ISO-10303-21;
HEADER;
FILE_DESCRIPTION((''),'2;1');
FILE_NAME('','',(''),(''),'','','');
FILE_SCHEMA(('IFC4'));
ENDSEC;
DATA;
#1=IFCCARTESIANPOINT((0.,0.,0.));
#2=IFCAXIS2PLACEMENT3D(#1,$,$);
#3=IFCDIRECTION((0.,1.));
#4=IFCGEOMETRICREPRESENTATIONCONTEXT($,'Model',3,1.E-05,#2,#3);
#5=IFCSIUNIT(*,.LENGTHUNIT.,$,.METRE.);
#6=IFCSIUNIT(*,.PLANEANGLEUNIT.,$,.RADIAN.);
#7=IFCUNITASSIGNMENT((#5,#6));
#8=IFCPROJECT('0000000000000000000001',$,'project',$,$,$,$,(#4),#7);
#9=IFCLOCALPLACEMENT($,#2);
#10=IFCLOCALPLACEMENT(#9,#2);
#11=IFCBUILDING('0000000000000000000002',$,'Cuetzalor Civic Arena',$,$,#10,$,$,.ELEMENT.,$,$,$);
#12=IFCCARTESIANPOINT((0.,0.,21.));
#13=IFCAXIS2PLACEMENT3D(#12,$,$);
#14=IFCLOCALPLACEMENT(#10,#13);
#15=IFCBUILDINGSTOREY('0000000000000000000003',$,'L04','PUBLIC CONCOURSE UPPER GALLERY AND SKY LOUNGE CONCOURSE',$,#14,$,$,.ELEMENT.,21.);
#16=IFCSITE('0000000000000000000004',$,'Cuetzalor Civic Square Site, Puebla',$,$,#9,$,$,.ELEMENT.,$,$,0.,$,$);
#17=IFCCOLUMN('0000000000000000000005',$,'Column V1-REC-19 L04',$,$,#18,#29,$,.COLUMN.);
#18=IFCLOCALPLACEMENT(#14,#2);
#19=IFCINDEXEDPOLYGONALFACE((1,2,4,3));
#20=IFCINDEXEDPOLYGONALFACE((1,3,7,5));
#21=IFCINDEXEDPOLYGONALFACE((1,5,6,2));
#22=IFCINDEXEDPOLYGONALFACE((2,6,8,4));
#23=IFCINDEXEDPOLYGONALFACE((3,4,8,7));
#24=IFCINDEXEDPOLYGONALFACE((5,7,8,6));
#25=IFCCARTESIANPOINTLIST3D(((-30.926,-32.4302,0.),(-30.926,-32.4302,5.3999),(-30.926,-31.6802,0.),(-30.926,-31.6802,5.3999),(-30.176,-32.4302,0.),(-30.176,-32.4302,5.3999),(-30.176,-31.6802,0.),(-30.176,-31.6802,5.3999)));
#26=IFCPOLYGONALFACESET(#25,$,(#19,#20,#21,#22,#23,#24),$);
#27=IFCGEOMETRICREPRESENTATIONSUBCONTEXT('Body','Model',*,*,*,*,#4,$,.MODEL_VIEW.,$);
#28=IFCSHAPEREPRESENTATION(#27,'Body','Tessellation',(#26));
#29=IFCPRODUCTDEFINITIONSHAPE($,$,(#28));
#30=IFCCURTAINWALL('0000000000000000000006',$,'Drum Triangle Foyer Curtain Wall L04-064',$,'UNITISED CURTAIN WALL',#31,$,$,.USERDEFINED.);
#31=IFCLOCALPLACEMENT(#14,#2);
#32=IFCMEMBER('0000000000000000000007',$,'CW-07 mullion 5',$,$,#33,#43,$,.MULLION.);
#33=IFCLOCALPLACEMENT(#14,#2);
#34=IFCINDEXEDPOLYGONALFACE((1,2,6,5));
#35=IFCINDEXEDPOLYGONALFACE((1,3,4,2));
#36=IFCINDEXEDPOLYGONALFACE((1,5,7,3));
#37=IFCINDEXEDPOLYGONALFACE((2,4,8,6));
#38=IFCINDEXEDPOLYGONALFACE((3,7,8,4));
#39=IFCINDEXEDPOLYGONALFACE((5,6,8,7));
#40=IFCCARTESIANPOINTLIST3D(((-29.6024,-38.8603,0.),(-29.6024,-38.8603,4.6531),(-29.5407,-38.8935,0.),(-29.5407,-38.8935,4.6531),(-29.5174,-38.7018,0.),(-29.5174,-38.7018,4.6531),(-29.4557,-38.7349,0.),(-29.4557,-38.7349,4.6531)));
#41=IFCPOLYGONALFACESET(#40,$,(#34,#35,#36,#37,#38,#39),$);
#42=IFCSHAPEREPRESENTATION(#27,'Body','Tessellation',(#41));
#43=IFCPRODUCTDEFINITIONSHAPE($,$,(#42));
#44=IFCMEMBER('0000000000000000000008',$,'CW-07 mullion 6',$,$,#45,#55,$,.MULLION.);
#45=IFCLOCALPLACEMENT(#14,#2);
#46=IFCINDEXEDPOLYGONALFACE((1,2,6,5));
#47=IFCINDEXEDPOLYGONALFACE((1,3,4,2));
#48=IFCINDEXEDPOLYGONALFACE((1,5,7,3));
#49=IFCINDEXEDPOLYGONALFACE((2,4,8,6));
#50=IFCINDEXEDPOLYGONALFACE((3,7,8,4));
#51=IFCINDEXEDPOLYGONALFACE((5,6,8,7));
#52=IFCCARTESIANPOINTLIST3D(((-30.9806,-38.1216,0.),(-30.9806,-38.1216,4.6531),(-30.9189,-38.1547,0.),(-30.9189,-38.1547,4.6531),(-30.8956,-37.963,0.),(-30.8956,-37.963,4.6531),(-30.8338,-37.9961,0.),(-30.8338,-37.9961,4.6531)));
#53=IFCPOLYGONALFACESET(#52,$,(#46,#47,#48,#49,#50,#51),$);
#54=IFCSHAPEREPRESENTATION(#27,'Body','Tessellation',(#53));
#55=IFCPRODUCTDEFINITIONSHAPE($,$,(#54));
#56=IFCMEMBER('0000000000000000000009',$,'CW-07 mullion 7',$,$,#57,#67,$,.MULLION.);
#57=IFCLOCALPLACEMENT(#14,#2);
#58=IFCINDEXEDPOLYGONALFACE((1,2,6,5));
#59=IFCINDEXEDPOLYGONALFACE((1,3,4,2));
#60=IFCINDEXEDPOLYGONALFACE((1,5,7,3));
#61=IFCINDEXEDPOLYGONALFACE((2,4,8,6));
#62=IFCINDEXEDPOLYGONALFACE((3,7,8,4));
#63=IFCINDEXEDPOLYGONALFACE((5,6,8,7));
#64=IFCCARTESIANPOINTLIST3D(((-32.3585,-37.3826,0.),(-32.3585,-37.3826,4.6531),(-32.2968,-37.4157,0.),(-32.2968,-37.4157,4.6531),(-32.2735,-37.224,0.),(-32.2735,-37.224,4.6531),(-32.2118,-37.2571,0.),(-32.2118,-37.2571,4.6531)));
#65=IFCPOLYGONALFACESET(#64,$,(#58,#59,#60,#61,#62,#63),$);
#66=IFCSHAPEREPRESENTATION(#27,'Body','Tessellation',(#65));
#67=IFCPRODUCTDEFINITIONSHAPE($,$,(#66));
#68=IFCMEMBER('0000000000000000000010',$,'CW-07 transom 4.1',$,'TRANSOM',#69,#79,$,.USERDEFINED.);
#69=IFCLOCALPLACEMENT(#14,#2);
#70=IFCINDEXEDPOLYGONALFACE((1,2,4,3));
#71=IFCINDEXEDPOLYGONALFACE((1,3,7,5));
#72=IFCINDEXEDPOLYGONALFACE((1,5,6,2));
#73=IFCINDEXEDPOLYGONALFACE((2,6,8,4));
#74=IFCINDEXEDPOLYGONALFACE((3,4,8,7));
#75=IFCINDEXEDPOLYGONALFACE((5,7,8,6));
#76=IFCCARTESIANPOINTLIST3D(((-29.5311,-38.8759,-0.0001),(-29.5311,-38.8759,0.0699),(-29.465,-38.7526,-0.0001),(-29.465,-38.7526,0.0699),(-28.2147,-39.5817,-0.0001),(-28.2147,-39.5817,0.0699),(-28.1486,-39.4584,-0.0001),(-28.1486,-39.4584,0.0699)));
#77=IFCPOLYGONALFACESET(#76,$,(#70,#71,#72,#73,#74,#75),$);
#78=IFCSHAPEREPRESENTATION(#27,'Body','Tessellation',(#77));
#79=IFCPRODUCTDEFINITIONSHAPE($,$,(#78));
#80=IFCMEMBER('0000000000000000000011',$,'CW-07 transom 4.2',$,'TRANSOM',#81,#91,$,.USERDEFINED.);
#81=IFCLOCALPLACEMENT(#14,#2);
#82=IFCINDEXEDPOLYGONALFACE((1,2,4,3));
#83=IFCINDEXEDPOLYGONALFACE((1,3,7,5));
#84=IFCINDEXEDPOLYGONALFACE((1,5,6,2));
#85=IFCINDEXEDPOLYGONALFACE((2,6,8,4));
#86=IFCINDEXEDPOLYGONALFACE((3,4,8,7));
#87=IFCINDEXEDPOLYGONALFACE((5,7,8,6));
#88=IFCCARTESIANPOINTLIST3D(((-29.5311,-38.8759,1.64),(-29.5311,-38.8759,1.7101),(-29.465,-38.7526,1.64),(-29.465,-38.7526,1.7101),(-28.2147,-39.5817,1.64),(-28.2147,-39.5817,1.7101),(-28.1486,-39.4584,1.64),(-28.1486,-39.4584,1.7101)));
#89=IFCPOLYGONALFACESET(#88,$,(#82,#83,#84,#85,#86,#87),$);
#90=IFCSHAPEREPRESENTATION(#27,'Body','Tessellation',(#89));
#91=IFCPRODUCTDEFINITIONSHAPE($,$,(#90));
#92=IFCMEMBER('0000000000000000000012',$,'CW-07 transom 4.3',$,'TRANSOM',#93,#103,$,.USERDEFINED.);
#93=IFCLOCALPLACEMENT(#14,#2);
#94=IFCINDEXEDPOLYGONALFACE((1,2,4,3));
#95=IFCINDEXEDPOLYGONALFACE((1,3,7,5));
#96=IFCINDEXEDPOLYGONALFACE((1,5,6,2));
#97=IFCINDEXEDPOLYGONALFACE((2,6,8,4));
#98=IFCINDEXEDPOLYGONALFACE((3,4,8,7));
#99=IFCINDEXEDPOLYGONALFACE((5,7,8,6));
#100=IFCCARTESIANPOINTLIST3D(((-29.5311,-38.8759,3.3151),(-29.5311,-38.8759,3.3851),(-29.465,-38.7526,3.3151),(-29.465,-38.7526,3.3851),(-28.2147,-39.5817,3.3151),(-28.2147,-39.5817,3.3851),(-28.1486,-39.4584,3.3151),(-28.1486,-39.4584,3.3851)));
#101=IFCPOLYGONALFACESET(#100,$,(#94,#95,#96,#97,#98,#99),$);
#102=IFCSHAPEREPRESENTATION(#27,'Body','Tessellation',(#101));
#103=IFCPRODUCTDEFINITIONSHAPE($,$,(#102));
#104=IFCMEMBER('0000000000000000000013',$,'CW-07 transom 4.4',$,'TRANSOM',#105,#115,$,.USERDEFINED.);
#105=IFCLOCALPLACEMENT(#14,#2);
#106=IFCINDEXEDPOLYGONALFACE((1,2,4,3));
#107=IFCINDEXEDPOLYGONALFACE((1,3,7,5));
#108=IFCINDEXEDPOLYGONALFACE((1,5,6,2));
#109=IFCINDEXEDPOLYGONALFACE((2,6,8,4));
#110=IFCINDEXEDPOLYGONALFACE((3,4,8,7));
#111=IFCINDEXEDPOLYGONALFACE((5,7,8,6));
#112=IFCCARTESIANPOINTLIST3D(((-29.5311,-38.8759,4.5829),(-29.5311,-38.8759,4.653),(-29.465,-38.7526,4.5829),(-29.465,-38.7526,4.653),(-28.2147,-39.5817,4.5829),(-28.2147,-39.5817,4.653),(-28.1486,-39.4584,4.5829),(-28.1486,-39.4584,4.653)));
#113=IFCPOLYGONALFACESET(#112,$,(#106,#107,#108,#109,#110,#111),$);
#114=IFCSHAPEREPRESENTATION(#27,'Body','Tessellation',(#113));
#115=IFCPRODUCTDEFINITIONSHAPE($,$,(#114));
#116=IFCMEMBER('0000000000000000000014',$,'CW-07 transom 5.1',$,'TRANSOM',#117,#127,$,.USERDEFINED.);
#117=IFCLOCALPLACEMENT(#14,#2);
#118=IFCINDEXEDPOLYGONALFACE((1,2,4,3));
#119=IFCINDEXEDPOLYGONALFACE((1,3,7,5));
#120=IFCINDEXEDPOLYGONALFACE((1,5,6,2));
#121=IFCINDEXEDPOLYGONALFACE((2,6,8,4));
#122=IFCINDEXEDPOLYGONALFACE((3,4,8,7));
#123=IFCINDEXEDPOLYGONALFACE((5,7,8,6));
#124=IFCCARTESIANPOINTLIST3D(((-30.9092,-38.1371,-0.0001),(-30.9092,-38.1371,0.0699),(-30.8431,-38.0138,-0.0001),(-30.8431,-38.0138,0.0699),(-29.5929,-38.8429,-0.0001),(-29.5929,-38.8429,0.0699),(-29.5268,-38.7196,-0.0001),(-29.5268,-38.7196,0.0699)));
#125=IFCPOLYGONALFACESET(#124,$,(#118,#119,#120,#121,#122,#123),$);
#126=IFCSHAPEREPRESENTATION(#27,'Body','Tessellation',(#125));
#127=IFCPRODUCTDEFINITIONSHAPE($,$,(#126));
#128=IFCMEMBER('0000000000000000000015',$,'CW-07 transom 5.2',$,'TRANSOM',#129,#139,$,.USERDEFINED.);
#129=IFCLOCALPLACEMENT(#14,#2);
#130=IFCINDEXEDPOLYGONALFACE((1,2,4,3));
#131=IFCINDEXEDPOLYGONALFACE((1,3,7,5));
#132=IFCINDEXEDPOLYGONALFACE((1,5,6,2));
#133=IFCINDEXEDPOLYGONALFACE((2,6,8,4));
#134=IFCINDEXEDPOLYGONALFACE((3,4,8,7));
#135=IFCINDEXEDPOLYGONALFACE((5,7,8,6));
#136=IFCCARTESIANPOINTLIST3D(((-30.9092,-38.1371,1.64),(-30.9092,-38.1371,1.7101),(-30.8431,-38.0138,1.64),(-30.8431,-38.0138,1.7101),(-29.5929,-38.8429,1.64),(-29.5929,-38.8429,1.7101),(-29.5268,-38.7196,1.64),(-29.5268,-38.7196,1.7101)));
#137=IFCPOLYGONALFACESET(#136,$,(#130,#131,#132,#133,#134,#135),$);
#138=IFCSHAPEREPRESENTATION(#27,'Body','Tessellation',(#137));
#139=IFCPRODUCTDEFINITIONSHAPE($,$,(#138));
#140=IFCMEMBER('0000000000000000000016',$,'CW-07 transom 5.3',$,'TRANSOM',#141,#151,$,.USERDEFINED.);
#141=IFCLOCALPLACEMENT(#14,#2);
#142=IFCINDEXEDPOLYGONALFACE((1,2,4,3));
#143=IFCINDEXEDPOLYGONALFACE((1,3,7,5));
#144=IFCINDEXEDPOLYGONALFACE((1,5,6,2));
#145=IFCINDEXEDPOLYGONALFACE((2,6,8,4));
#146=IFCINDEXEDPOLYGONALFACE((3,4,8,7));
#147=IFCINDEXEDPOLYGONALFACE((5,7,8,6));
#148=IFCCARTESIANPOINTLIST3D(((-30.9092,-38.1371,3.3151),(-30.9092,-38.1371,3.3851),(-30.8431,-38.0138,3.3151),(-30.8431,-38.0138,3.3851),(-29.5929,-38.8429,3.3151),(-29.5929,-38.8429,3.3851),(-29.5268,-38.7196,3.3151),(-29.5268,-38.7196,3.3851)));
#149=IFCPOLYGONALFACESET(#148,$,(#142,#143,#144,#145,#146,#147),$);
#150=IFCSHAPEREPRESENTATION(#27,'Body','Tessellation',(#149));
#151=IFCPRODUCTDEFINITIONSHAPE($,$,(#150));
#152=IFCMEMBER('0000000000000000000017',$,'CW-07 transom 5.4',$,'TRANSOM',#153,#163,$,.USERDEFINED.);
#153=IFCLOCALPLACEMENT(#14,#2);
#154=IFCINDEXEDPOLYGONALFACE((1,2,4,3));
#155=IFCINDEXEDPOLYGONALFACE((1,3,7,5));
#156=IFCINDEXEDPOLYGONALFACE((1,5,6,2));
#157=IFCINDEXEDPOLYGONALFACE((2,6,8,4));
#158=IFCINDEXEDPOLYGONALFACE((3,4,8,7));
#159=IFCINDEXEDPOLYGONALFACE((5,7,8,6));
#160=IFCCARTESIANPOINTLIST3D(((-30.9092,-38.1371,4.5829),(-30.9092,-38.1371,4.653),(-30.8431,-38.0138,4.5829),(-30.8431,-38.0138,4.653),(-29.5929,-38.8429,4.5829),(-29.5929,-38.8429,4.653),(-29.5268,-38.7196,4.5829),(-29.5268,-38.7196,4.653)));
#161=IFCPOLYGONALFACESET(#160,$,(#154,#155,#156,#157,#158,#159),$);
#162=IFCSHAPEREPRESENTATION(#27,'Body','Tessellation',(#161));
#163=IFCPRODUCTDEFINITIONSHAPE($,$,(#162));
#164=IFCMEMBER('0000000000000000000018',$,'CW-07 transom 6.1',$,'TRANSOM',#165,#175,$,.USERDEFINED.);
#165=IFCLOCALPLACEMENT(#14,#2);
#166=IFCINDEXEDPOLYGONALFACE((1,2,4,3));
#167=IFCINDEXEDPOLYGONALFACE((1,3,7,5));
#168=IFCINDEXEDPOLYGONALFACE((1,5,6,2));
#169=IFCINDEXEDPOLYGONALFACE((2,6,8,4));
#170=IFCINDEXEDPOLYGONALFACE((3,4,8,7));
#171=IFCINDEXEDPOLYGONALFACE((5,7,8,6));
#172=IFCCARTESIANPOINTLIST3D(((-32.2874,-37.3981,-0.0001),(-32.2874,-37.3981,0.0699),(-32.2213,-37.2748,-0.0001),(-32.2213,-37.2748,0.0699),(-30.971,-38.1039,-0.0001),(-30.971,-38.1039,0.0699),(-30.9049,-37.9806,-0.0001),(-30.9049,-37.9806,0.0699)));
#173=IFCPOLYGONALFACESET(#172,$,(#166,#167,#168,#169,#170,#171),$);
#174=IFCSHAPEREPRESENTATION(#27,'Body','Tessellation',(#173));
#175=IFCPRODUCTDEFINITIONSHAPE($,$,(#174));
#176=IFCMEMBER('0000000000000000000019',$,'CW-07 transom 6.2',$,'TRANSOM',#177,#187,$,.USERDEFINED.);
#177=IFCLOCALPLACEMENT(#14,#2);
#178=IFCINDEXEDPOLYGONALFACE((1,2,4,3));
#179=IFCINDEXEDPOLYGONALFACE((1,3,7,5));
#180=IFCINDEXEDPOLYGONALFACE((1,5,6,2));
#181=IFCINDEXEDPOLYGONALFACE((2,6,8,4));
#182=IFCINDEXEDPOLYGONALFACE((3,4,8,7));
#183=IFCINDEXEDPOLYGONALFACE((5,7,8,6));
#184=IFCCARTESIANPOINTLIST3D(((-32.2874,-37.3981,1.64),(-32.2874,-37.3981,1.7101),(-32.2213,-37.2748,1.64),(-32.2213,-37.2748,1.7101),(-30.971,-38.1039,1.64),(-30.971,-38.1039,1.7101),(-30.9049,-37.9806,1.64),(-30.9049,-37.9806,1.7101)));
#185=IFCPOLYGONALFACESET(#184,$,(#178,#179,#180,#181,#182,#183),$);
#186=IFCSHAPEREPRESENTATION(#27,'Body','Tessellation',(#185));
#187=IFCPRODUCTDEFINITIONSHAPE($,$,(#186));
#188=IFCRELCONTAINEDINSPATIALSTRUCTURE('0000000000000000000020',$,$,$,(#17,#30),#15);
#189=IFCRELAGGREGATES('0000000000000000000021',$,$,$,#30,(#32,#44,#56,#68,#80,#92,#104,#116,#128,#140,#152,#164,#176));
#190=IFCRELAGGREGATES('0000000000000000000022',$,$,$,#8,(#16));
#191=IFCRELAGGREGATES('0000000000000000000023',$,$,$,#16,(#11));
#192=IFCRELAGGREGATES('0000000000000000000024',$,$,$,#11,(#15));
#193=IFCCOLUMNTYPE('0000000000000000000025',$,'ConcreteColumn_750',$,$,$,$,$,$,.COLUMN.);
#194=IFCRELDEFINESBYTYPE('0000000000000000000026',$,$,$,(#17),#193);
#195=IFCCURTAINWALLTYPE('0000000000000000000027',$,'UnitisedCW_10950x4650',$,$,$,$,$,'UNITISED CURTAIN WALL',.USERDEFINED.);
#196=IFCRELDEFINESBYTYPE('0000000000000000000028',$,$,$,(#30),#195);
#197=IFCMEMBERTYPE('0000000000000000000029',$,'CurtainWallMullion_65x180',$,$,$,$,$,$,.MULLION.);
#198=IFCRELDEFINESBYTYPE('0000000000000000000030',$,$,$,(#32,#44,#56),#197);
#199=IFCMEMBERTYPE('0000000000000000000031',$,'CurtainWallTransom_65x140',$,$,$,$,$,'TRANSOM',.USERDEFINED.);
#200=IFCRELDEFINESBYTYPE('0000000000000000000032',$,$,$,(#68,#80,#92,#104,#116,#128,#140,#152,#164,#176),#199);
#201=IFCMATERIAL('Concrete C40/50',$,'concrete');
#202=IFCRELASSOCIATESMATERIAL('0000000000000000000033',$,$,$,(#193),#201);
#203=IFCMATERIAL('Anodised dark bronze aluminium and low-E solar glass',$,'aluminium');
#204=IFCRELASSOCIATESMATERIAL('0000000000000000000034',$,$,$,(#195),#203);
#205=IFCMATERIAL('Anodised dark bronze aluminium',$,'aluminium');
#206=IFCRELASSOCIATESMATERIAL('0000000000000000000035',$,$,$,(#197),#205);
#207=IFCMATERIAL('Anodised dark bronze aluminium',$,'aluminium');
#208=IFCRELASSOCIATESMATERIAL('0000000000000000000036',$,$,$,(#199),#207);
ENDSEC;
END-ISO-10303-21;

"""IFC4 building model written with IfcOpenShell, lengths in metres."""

from ifc_helpers import new_model, si_unit, direction, frame, origin, origin_2d, place, context, subcontext, project, spatial, rectangle, extrude, material, material_profile, profile_set, type_object, element, aggregate, save


model = new_model("IFC4")

# Units and contexts
model_context = context("Model", 3, precision=1e-05, world=origin(), true_north=direction((0.0, 1.0)))
body_context = subcontext(model_context, "Body", "Model", "MODEL_VIEW")
ifc_project = project(units=[si_unit("LENGTHUNIT", "METRE"), si_unit("PLANEANGLEUNIT", "RADIAN")], contexts=[model_context])

# Site, building, storey
site_placement = place(None, origin())
site = spatial("IfcSite", under=ifc_project, at=site_placement, Name="Cuetzalor Civic Square Site, Puebla", CompositionType="ELEMENT", RefElevation=0.0)
building_placement = place(site_placement, origin())
building = spatial("IfcBuilding", under=site, at=building_placement, Name="Cuetzalor Civic Arena", CompositionType="ELEMENT")
storey_placement = place(building_placement, frame((0.0, 0.0, 21.0)))
storey = spatial("IfcBuildingStorey", under=building, at=storey_placement, Name="L04", Description="PUBLIC CONCOURSE UPPER GALLERY AND SKY LOUNGE CONCOURSE", CompositionType="ELEMENT", Elevation=21.0)

# Column
ifc_material_1 = material(Name="Concrete C40/50", Category="concrete")
ifc_material_profile_1 = material_profile(ifc_material_1, rectangle(XDim=0.75, YDim=0.75, at=origin_2d()), Name="RC 750x750")
ifc_profile_set_1 = profile_set([ifc_material_profile_1], Name="Concrete C40/50")
column_type = type_object("IfcColumnType", Name="ConcreteColumn_750", PredefinedType="COLUMN", material=ifc_profile_set_1)
column_placement = place(storey_placement, frame((-30.551, -32.0552, 0.0), z_axis=(0.0, 0.0, 1.0), x_axis=(1.0, 0.0, 0.0)))
element("IfcColumn", 1, at=column_placement, inside=storey, type_object=column_type, Name="Column V1-REC-19 L04", PredefinedType="COLUMN", context=body_context, shape_type="SweptSolid", body=[
    extrude(rectangle(XDim=0.75, YDim=0.75, at=origin_2d()), origin(), (0.0, 0.0, 1.0), 5.3999),
])

# Curtain wall, members
ifc_material_2 = material(Name="Anodised dark bronze aluminium and low-E solar glass", Category="aluminium")
curtain_wall_type = type_object("IfcCurtainWallType", Name="UnitisedCW_10950x4650", ElementType="UNITISED CURTAIN WALL", PredefinedType="USERDEFINED", material=ifc_material_2)
curtain_wall_placement = place(storey_placement, origin())
curtain_wall = element("IfcCurtainWall", 2, at=curtain_wall_placement, inside=storey, type_object=curtain_wall_type, Name="Drum Triangle Foyer Curtain Wall L04-064", ObjectType="UNITISED CURTAIN WALL", PredefinedType="USERDEFINED")
ifc_material_3 = material(Name="Anodised dark bronze aluminium", Category="aluminium")
ifc_material_profile_2 = material_profile(ifc_material_3, rectangle(XDim=0.0701, YDim=0.1799, at=origin_2d()), Name="ALU MULLION 70x180")
ifc_profile_set_2 = profile_set([ifc_material_profile_2], Name="Anodised dark bronze aluminium")
member_type_1 = type_object("IfcMemberType", Name="CurtainWallMullion_65x180", PredefinedType="MULLION", material=ifc_profile_set_2)
member_1_placement = place(storey_placement, frame((-29.5291, -38.7976, 0.0), z_axis=(0.0, 0.0, 1.0), x_axis=(-0.881306, 0.472545, 0.0)))
member_1 = element("IfcMember", 3, at=member_1_placement, type_object=member_type_1, Name="CW-07 mullion 5", PredefinedType="MULLION", context=body_context, shape_type="SweptSolid", body=[
    extrude(rectangle(XDim=0.0701, YDim=0.1799, at=origin_2d()), origin(), (0.0, 0.0, 1.0), 4.6531),
])
member_2_placement = place(storey_placement, frame((-30.9072, -38.0588, 0.0), z_axis=(0.0, 0.0, 1.0), x_axis=(-0.881306, 0.472545, 0.0)))
member_2 = element("IfcMember", 4, at=member_2_placement, type_object=member_type_1, Name="CW-07 mullion 6", PredefinedType="MULLION", context=body_context, shape_type="SweptSolid", body=[
    extrude(rectangle(XDim=0.0701, YDim=0.1799, at=origin_2d()), origin(), (0.0, 0.0, 1.0), 4.6531),
])
member_3_placement = place(storey_placement, frame((-32.2852, -37.3198, 0.0), z_axis=(0.0, 0.0, 1.0), x_axis=(-0.881306, 0.472545, 0.0)))
member_3 = element("IfcMember", 5, at=member_3_placement, type_object=member_type_1, Name="CW-07 mullion 7", PredefinedType="MULLION", context=body_context, shape_type="SweptSolid", body=[
    extrude(rectangle(XDim=0.0701, YDim=0.1799, at=origin_2d()), origin(), (0.0, 0.0, 1.0), 4.6531),
])
ifc_material_4 = material(Name="Anodised dark bronze aluminium", Category="aluminium")
ifc_material_profile_3 = material_profile(ifc_material_4, rectangle(XDim=0.1399, YDim=0.0701, at=origin_2d()), Name="ALU TRANSOM 70x140")
ifc_profile_set_3 = profile_set([ifc_material_profile_3], Name="Anodised dark bronze aluminium")
member_type_2 = type_object("IfcMemberType", Name="CurtainWallTransom_65x140", ElementType="TRANSOM", PredefinedType="USERDEFINED", material=ifc_profile_set_3)
member_4_placement = place(storey_placement, frame((-28.1816, -39.52, 0.0349), z_axis=(-0.881315, 0.47253, 0.0), x_axis=(-0.47253, -0.881315, 0.0)))
member_4 = element("IfcMember", 6, at=member_4_placement, type_object=member_type_2, Name="CW-07 transom 4.1", ObjectType="TRANSOM", PredefinedType="USERDEFINED", context=body_context, shape_type="SweptSolid", body=[
    extrude(rectangle(XDim=0.1399, YDim=0.0701, at=origin_2d()), origin(), (0.0, 0.0, 1.0), 1.4937),
])
member_5_placement = place(storey_placement, frame((-28.1816, -39.52, 1.675), z_axis=(-0.881315, 0.47253, 0.0), x_axis=(-0.47253, -0.881315, 0.0)))
member_5 = element("IfcMember", 7, at=member_5_placement, type_object=member_type_2, Name="CW-07 transom 4.2", ObjectType="TRANSOM", PredefinedType="USERDEFINED", context=body_context, shape_type="SweptSolid", body=[
    extrude(rectangle(XDim=0.1399, YDim=0.0701, at=origin_2d()), origin(), (0.0, 0.0, 1.0), 1.4937),
])
member_6_placement = place(storey_placement, frame((-28.1816, -39.52, 3.3501), z_axis=(-0.881315, 0.47253, 0.0), x_axis=(-0.47253, -0.881315, 0.0)))
member_6 = element("IfcMember", 8, at=member_6_placement, type_object=member_type_2, Name="CW-07 transom 4.3", ObjectType="TRANSOM", PredefinedType="USERDEFINED", context=body_context, shape_type="SweptSolid", body=[
    extrude(rectangle(XDim=0.1399, YDim=0.0701, at=origin_2d()), origin(), (0.0, 0.0, 1.0), 1.4937),
])
member_7_placement = place(storey_placement, frame((-28.1816, -39.52, 4.6179), z_axis=(-0.881315, 0.47253, 0.0), x_axis=(-0.47253, -0.881315, 0.0)))
member_7 = element("IfcMember", 9, at=member_7_placement, type_object=member_type_2, Name="CW-07 transom 4.4", ObjectType="TRANSOM", PredefinedType="USERDEFINED", context=body_context, shape_type="SweptSolid", body=[
    extrude(rectangle(XDim=0.1399, YDim=0.0701, at=origin_2d()), origin(), (0.0, 0.0, 1.0), 1.4937),
])
member_8_placement = place(storey_placement, frame((-29.5598, -38.7812, 0.0349), z_axis=(-0.881315, 0.47253, 0.0), x_axis=(-0.47253, -0.881315, 0.0)))
member_8 = element("IfcMember", 10, at=member_8_placement, type_object=member_type_2, Name="CW-07 transom 5.1", ObjectType="TRANSOM", PredefinedType="USERDEFINED", context=body_context, shape_type="SweptSolid", body=[
    extrude(rectangle(XDim=0.1399, YDim=0.0701, at=origin_2d()), origin(), (0.0, 0.0, 1.0), 1.4937),
])
member_9_placement = place(storey_placement, frame((-29.5598, -38.7812, 1.675), z_axis=(-0.881315, 0.47253, 0.0), x_axis=(-0.47253, -0.881315, 0.0)))
member_9 = element("IfcMember", 11, at=member_9_placement, type_object=member_type_2, Name="CW-07 transom 5.2", ObjectType="TRANSOM", PredefinedType="USERDEFINED", context=body_context, shape_type="SweptSolid", body=[
    extrude(rectangle(XDim=0.1399, YDim=0.0701, at=origin_2d()), origin(), (0.0, 0.0, 1.0), 1.4937),
])
member_10_placement = place(storey_placement, frame((-29.5598, -38.7812, 3.3501), z_axis=(-0.881315, 0.47253, 0.0), x_axis=(-0.47253, -0.881315, 0.0)))
member_10 = element("IfcMember", 12, at=member_10_placement, type_object=member_type_2, Name="CW-07 transom 5.3", ObjectType="TRANSOM", PredefinedType="USERDEFINED", context=body_context, shape_type="SweptSolid", body=[
    extrude(rectangle(XDim=0.1399, YDim=0.0701, at=origin_2d()), origin(), (0.0, 0.0, 1.0), 1.4937),
])
member_11_placement = place(storey_placement, frame((-29.5598, -38.7812, 4.6179), z_axis=(-0.881315, 0.47253, 0.0), x_axis=(-0.47253, -0.881315, 0.0)))
member_11 = element("IfcMember", 13, at=member_11_placement, type_object=member_type_2, Name="CW-07 transom 5.4", ObjectType="TRANSOM", PredefinedType="USERDEFINED", context=body_context, shape_type="SweptSolid", body=[
    extrude(rectangle(XDim=0.1399, YDim=0.0701, at=origin_2d()), origin(), (0.0, 0.0, 1.0), 1.4937),
])
member_12_placement = place(storey_placement, frame((-30.938, -38.0422, 0.0349), z_axis=(-0.881315, 0.47253, 0.0), x_axis=(-0.47253, -0.881315, 0.0)))
member_12 = element("IfcMember", 14, at=member_12_placement, type_object=member_type_2, Name="CW-07 transom 6.1", ObjectType="TRANSOM", PredefinedType="USERDEFINED", context=body_context, shape_type="SweptSolid", body=[
    extrude(rectangle(XDim=0.1399, YDim=0.0701, at=origin_2d()), origin(), (0.0, 0.0, 1.0), 1.4937),
])
member_13_placement = place(storey_placement, frame((-30.938, -38.0422, 1.675), z_axis=(-0.881315, 0.47253, 0.0), x_axis=(-0.47253, -0.881315, 0.0)))
member_13 = element("IfcMember", 15, at=member_13_placement, type_object=member_type_2, Name="CW-07 transom 6.2", ObjectType="TRANSOM", PredefinedType="USERDEFINED", context=body_context, shape_type="SweptSolid", body=[
    extrude(rectangle(XDim=0.1399, YDim=0.0701, at=origin_2d()), origin(), (0.0, 0.0, 1.0), 1.4937),
])

aggregate(curtain_wall, [member_1, member_2, member_3, member_4, member_5, member_6, member_7, member_8, member_9, member_10, member_11, member_12, member_13])

save(model, "model.ifc")
